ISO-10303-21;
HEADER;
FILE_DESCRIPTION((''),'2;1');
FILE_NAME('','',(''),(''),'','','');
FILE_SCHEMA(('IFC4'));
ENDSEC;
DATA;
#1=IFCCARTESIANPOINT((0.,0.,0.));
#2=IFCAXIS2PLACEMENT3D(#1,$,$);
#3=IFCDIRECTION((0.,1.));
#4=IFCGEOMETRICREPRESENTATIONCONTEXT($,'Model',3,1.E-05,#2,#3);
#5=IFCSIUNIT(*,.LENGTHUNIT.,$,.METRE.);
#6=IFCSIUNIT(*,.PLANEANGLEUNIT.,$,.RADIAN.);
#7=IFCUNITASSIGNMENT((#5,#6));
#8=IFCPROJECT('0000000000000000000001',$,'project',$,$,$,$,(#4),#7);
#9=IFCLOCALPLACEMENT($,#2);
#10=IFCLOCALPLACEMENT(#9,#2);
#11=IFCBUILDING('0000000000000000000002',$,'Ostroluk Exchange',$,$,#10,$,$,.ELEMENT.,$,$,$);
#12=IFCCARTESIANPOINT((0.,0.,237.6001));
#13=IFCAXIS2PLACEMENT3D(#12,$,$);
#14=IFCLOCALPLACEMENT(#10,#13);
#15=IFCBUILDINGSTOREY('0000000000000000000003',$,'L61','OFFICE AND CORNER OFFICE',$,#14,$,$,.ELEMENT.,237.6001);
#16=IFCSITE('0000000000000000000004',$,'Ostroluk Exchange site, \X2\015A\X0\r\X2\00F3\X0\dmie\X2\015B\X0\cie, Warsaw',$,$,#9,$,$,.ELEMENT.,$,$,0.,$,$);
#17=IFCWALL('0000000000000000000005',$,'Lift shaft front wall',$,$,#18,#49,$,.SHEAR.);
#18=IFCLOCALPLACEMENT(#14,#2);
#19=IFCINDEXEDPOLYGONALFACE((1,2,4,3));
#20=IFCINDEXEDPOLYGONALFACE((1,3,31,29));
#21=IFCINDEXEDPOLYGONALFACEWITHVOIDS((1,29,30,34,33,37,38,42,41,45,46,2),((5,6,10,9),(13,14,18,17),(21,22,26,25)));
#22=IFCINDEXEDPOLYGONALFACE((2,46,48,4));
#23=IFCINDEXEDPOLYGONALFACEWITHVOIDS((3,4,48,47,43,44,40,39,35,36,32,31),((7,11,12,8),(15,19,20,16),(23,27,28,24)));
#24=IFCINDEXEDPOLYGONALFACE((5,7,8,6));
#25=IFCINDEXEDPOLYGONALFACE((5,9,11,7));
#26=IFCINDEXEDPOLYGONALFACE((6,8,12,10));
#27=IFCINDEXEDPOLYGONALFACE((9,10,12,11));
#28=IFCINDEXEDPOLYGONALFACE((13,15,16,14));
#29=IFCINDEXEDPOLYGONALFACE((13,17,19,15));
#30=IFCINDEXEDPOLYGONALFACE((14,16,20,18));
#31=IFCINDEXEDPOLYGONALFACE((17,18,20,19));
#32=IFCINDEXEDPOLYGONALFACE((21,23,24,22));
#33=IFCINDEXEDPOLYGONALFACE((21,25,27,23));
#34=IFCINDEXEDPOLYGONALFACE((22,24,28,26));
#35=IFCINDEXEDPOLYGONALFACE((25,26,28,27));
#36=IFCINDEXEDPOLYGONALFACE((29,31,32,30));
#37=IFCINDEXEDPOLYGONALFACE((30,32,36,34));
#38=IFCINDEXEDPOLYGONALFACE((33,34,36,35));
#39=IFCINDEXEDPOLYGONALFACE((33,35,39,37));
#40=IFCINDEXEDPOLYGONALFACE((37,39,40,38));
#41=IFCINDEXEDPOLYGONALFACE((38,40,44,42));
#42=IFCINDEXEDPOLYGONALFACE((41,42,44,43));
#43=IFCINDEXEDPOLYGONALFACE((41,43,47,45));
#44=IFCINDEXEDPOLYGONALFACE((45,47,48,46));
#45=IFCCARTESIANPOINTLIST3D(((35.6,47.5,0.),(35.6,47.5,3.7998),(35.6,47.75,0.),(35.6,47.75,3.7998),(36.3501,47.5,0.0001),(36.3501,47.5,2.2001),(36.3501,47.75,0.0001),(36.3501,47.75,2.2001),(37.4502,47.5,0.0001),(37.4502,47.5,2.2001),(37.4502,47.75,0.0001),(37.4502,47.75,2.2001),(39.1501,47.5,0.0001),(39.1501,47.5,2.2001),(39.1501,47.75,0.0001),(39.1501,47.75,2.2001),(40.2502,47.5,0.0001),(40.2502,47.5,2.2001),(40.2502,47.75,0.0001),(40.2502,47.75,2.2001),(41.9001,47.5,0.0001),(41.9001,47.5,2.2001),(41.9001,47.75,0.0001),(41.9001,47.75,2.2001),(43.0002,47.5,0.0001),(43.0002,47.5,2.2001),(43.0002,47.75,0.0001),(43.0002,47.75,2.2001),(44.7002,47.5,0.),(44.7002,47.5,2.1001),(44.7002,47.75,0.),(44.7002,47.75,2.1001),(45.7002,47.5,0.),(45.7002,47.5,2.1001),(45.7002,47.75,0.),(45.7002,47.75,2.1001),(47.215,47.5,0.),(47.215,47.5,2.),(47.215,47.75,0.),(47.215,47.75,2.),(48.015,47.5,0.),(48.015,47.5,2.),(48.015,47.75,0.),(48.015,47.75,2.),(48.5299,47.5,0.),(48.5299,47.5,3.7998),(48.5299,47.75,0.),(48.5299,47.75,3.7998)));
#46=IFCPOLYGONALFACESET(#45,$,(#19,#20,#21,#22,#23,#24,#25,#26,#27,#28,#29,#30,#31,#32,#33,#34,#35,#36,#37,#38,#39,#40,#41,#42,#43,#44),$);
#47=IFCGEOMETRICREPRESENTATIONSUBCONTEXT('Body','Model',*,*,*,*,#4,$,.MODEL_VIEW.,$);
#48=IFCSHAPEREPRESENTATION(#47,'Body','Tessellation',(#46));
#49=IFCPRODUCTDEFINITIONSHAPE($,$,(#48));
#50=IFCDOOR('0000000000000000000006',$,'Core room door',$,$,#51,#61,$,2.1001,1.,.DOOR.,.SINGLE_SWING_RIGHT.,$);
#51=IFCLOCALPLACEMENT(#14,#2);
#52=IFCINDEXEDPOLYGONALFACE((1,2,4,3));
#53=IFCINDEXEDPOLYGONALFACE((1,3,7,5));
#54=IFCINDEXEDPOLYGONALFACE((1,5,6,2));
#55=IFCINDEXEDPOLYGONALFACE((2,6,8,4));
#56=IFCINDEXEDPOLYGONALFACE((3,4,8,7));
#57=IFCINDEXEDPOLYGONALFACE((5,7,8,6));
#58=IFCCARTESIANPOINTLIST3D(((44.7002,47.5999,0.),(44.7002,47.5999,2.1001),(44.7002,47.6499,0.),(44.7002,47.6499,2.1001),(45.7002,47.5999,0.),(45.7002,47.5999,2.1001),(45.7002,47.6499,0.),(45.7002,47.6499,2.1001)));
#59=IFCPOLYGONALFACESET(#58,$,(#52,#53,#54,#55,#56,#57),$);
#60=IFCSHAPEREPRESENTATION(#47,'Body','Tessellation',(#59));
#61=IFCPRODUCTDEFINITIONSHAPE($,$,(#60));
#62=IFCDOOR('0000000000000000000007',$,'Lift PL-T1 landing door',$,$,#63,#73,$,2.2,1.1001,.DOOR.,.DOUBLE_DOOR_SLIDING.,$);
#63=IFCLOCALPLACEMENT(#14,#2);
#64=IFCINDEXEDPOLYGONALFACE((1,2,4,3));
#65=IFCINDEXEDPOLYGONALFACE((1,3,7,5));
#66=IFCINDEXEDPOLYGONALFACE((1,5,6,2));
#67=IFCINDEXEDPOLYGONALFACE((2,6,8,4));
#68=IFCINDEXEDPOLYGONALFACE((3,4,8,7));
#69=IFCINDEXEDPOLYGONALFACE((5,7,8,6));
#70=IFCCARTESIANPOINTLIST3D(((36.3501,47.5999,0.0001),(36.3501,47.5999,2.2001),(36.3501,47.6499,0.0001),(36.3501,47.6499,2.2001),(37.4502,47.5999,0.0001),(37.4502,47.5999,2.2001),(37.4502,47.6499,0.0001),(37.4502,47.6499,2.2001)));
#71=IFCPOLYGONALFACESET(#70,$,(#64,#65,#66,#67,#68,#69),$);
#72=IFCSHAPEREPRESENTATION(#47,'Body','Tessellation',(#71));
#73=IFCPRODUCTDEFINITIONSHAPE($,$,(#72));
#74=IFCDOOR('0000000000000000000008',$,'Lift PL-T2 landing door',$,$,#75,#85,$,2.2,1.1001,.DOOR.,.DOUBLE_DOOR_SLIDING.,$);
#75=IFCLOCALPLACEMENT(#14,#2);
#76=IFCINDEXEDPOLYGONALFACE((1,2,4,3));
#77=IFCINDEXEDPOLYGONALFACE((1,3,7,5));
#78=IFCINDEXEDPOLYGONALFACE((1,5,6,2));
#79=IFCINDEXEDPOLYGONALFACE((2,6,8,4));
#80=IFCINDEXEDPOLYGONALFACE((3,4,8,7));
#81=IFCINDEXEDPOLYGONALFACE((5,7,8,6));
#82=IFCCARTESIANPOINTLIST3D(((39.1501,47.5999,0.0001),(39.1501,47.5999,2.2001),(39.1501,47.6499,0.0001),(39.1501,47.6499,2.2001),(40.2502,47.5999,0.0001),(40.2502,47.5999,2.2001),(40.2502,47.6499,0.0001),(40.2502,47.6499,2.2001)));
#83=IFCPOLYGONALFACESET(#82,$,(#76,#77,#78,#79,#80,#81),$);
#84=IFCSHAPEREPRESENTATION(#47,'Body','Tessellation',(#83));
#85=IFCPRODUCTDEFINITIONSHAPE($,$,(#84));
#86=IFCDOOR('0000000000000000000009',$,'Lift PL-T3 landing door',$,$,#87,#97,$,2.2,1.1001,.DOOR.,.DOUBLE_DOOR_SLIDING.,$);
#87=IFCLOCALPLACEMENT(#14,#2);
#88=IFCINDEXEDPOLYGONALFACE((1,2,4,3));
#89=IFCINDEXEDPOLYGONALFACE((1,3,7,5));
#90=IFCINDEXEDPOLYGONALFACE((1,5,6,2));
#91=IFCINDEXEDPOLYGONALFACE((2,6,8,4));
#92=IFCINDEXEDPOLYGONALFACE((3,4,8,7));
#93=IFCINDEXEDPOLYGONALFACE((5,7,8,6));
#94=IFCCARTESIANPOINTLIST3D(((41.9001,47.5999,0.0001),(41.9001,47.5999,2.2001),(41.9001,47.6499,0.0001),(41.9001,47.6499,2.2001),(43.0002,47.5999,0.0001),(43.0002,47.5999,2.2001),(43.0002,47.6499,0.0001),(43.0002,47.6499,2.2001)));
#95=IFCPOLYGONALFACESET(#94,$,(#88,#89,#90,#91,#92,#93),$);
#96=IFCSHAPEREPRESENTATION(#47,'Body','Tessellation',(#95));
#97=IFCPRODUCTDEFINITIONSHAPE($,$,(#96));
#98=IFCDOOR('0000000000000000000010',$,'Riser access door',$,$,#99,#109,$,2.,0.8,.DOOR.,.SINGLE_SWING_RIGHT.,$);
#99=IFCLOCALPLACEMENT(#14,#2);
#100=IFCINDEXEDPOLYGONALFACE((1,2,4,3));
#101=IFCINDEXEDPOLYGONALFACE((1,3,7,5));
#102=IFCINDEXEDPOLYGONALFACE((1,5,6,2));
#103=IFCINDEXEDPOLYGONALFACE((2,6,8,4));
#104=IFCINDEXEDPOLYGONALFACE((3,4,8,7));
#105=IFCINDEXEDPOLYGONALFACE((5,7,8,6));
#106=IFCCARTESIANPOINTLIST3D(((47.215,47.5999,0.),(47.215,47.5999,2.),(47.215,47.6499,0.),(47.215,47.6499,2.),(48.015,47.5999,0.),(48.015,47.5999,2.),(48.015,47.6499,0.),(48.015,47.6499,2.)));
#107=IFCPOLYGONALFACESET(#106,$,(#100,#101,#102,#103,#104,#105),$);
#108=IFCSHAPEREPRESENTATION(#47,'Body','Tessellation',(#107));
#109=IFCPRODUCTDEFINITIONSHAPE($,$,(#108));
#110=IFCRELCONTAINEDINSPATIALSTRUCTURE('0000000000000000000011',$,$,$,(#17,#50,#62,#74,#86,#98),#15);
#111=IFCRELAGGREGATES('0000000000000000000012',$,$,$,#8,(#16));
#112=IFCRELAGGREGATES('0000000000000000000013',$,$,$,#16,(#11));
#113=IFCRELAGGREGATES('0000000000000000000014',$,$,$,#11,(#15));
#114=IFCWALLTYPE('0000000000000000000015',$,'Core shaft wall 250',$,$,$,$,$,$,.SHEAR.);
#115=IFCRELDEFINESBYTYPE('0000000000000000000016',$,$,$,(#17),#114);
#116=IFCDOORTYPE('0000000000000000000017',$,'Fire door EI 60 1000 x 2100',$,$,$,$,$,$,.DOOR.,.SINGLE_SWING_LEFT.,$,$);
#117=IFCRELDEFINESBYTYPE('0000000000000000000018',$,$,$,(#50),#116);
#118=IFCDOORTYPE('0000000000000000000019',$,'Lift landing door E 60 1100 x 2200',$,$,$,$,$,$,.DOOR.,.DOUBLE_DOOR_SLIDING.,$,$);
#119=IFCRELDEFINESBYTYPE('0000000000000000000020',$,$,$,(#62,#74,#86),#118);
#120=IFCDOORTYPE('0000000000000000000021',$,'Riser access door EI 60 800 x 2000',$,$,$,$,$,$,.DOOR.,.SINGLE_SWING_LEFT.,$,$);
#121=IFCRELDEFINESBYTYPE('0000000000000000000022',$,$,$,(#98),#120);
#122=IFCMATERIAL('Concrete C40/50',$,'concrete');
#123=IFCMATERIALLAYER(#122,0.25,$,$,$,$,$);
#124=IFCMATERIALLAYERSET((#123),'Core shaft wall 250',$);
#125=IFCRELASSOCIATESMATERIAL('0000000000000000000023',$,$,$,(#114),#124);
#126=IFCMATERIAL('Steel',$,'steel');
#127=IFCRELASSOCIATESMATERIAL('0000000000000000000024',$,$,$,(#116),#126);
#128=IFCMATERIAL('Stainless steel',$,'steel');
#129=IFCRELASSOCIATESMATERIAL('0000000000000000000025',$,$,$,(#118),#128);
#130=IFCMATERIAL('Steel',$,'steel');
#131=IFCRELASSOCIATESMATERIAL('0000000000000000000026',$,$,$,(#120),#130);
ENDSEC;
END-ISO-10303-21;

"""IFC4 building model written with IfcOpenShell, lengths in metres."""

from ifc_helpers import new_model, si_unit, direction, frame, frame_2d, origin, place, context, subcontext, project, spatial, rectangle, extrude, material, layer, layer_set, type_object, element, fill, save


model = new_model("IFC4")

# Units and contexts
model_context = context("Model", 3, precision=1e-05, world=origin(), true_north=direction((0.0, 1.0)))
body_context = subcontext(model_context, "Body", "Model", "MODEL_VIEW")
ifc_project = project(units=[si_unit("LENGTHUNIT", "METRE"), si_unit("PLANEANGLEUNIT", "RADIAN")], contexts=[model_context])

# Site, building, storey
site_placement = place(None, origin())
site = spatial("IfcSite", under=ifc_project, at=site_placement, Name="Ostroluk Exchange site, Śródmieście, Warsaw", CompositionType="ELEMENT", RefElevation=0.0)
building_placement = place(site_placement, origin())
building = spatial("IfcBuilding", under=site, at=building_placement, Name="Ostroluk Exchange", CompositionType="ELEMENT")
storey_placement = place(building_placement, frame((0.0, 0.0, 237.6001)))
storey = spatial("IfcBuildingStorey", under=building, at=storey_placement, Name="L61", Description="OFFICE AND CORNER OFFICE", CompositionType="ELEMENT", Elevation=237.6001)

# Shared definitions
ifc_material_1 = material(Name="Concrete C40/50", Category="concrete")
ifc_layer_1 = layer(ifc_material_1, 0.25)
ifc_layer_set_1 = layer_set([ifc_layer_1], Name="Core shaft wall 250")
wall_type_1 = type_object("IfcWallType", Name="Core shaft wall 250", PredefinedType="SHEAR", material=ifc_layer_set_1)

# Wall, openings, doors
wall_1_placement = place(storey_placement, frame((35.6001, 47.625, 0.0), z_axis=(0.0, 0.0, 1.0), x_axis=(1.0, 0.0, 0.0)))
wall_1 = element("IfcWall", 1, at=wall_1_placement, inside=storey, type_object=wall_type_1, Name="Lift shaft front wall", PredefinedType="SHEAR", context=body_context, shape_type="SweptSolid", body=[
    extrude(rectangle(XDim=12.9299, YDim=0.25, at=frame_2d((6.4648, 0.0))), origin(), (0.0, 0.0, 1.0), 3.7998),
])
opening_1_placement = place(wall_1_placement, frame((0.75, 0.0, 0.0)))
opening_1 = element("IfcOpeningElement", 2, at=opening_1_placement, cuts=wall_1, PredefinedType="OPENING", context=body_context, shape_type="SweptSolid", body=[
    extrude(rectangle(XDim=1.1001, YDim=2.2, at=frame_2d((0.55, 1.1001))), frame((0.0, 0.135, 0.0), z_axis=(0.0, -1.0, 0.0), x_axis=(1.0, 0.0, 0.0)), (0.0, 0.0, 1.0), 0.27),
])
opening_2_placement = place(wall_1_placement, frame((3.55, 0.0, 0.0)))
opening_2 = element("IfcOpeningElement", 3, at=opening_2_placement, cuts=wall_1, PredefinedType="OPENING", context=body_context, shape_type="SweptSolid", body=[
    extrude(rectangle(XDim=1.1001, YDim=2.2, at=frame_2d((0.55, 1.1001))), frame((0.0, 0.135, 0.0), z_axis=(0.0, -1.0, 0.0), x_axis=(1.0, 0.0, 0.0)), (0.0, 0.0, 1.0), 0.27),
])
opening_3_placement = place(wall_1_placement, frame((6.3, 0.0, 0.0)))
opening_3 = element("IfcOpeningElement", 4, at=opening_3_placement, cuts=wall_1, PredefinedType="OPENING", context=body_context, shape_type="SweptSolid", body=[
    extrude(rectangle(XDim=1.1001, YDim=2.2, at=frame_2d((0.55, 1.1001))), frame((0.0, 0.135, 0.0), z_axis=(0.0, -1.0, 0.0), x_axis=(1.0, 0.0, 0.0)), (0.0, 0.0, 1.0), 0.27),
])
opening_4_placement = place(wall_1_placement, frame((9.1001, 0.0, 0.0)))
opening_4 = element("IfcOpeningElement", 5, at=opening_4_placement, cuts=wall_1, PredefinedType="OPENING", context=body_context, shape_type="SweptSolid", body=[
    extrude(rectangle(XDim=1.0, YDim=2.1001, at=frame_2d((0.5, 1.05))), frame((0.0, 0.135, 0.0), z_axis=(0.0, -1.0, 0.0), x_axis=(1.0, 0.0, 0.0)), (0.0, 0.0, 1.0), 0.27),
])
opening_5_placement = place(wall_1_placement, frame((11.615, 0.0, 0.0)))
opening_5 = element("IfcOpeningElement", 6, at=opening_5_placement, cuts=wall_1, PredefinedType="OPENING", context=body_context, shape_type="SweptSolid", body=[
    extrude(rectangle(XDim=0.8, YDim=2.0, at=frame_2d((0.3999, 1.0))), frame((0.0, 0.135, 0.0), z_axis=(0.0, -1.0, 0.0), x_axis=(1.0, 0.0, 0.0)), (0.0, 0.0, 1.0), 0.27),
])
ifc_material_2 = material(Name="Steel", Category="steel")
door_type_1 = type_object("IfcDoorType", Name="Fire door EI 60 1000 x 2100", OperationType="SINGLE_SWING_LEFT", PredefinedType="DOOR", material=ifc_material_2)
door_1_placement = place(opening_4_placement, origin())
door_1 = element("IfcDoor", 7, at=door_1_placement, inside=storey, type_object=door_type_1, Name="Core room door", OperationType="SINGLE_SWING_RIGHT", OverallHeight=2.1001, OverallWidth=1.0, PredefinedType="DOOR", context=body_context, shape_type="SweptSolid", body=[
    extrude(rectangle(XDim=1.0, YDim=2.1001, at=frame_2d((0.5, 1.05))), frame((0.0, 0.0249, 0.0), z_axis=(0.0, -1.0, 0.0), x_axis=(1.0, 0.0, 0.0)), (0.0, 0.0, 1.0), 0.05),
])
fill(opening_4, door_1)
ifc_material_3 = material(Name="Stainless steel", Category="steel")
door_type_2 = type_object("IfcDoorType", Name="Lift landing door E 60 1100 x 2200", OperationType="DOUBLE_DOOR_SLIDING", PredefinedType="DOOR", material=ifc_material_3)
door_2_placement = place(opening_1_placement, origin())
door_2 = element("IfcDoor", 8, at=door_2_placement, inside=storey, type_object=door_type_2, Name="Lift PL-T1 landing door", OperationType="DOUBLE_DOOR_SLIDING", OverallHeight=2.2, OverallWidth=1.1001, PredefinedType="DOOR", context=body_context, shape_type="SweptSolid", body=[
    extrude(rectangle(XDim=1.1001, YDim=2.2, at=frame_2d((0.55, 1.1001))), frame((0.0, 0.0249, 0.0), z_axis=(0.0, -1.0, 0.0), x_axis=(1.0, 0.0, 0.0)), (0.0, 0.0, 1.0), 0.05),
])
fill(opening_1, door_2)
door_3_placement = place(opening_2_placement, origin())
door_3 = element("IfcDoor", 9, at=door_3_placement, inside=storey, type_object=door_type_2, Name="Lift PL-T2 landing door", OperationType="DOUBLE_DOOR_SLIDING", OverallHeight=2.2, OverallWidth=1.1001, PredefinedType="DOOR", context=body_context, shape_type="SweptSolid", body=[
    extrude(rectangle(XDim=1.1001, YDim=2.2, at=frame_2d((0.55, 1.1001))), frame((0.0, 0.0249, 0.0), z_axis=(0.0, -1.0, 0.0), x_axis=(1.0, 0.0, 0.0)), (0.0, 0.0, 1.0), 0.05),
])
fill(opening_2, door_3)
door_4_placement = place(opening_3_placement, origin())
door_4 = element("IfcDoor", 10, at=door_4_placement, inside=storey, type_object=door_type_2, Name="Lift PL-T3 landing door", OperationType="DOUBLE_DOOR_SLIDING", OverallHeight=2.2, OverallWidth=1.1001, PredefinedType="DOOR", context=body_context, shape_type="SweptSolid", body=[
    extrude(rectangle(XDim=1.1001, YDim=2.2, at=frame_2d((0.55, 1.1001))), frame((0.0, 0.0249, 0.0), z_axis=(0.0, -1.0, 0.0), x_axis=(1.0, 0.0, 0.0)), (0.0, 0.0, 1.0), 0.05),
])
fill(opening_3, door_4)
ifc_material_4 = material(Name="Steel", Category="steel")
door_type_3 = type_object("IfcDoorType", Name="Riser access door EI 60 800 x 2000", OperationType="SINGLE_SWING_LEFT", PredefinedType="DOOR", material=ifc_material_4)
door_5_placement = place(opening_5_placement, origin())
door_5 = element("IfcDoor", 11, at=door_5_placement, inside=storey, type_object=door_type_3, Name="Riser access door", OperationType="SINGLE_SWING_RIGHT", OverallHeight=2.0, OverallWidth=0.8, PredefinedType="DOOR", context=body_context, shape_type="SweptSolid", body=[
    extrude(rectangle(XDim=0.8, YDim=2.0, at=frame_2d((0.3999, 1.0))), frame((0.0, 0.0249, 0.0), z_axis=(0.0, -1.0, 0.0), x_axis=(1.0, 0.0, 0.0)), (0.0, 0.0, 1.0), 0.05),
])
fill(opening_5, door_5)

save(model, "model.ifc")
